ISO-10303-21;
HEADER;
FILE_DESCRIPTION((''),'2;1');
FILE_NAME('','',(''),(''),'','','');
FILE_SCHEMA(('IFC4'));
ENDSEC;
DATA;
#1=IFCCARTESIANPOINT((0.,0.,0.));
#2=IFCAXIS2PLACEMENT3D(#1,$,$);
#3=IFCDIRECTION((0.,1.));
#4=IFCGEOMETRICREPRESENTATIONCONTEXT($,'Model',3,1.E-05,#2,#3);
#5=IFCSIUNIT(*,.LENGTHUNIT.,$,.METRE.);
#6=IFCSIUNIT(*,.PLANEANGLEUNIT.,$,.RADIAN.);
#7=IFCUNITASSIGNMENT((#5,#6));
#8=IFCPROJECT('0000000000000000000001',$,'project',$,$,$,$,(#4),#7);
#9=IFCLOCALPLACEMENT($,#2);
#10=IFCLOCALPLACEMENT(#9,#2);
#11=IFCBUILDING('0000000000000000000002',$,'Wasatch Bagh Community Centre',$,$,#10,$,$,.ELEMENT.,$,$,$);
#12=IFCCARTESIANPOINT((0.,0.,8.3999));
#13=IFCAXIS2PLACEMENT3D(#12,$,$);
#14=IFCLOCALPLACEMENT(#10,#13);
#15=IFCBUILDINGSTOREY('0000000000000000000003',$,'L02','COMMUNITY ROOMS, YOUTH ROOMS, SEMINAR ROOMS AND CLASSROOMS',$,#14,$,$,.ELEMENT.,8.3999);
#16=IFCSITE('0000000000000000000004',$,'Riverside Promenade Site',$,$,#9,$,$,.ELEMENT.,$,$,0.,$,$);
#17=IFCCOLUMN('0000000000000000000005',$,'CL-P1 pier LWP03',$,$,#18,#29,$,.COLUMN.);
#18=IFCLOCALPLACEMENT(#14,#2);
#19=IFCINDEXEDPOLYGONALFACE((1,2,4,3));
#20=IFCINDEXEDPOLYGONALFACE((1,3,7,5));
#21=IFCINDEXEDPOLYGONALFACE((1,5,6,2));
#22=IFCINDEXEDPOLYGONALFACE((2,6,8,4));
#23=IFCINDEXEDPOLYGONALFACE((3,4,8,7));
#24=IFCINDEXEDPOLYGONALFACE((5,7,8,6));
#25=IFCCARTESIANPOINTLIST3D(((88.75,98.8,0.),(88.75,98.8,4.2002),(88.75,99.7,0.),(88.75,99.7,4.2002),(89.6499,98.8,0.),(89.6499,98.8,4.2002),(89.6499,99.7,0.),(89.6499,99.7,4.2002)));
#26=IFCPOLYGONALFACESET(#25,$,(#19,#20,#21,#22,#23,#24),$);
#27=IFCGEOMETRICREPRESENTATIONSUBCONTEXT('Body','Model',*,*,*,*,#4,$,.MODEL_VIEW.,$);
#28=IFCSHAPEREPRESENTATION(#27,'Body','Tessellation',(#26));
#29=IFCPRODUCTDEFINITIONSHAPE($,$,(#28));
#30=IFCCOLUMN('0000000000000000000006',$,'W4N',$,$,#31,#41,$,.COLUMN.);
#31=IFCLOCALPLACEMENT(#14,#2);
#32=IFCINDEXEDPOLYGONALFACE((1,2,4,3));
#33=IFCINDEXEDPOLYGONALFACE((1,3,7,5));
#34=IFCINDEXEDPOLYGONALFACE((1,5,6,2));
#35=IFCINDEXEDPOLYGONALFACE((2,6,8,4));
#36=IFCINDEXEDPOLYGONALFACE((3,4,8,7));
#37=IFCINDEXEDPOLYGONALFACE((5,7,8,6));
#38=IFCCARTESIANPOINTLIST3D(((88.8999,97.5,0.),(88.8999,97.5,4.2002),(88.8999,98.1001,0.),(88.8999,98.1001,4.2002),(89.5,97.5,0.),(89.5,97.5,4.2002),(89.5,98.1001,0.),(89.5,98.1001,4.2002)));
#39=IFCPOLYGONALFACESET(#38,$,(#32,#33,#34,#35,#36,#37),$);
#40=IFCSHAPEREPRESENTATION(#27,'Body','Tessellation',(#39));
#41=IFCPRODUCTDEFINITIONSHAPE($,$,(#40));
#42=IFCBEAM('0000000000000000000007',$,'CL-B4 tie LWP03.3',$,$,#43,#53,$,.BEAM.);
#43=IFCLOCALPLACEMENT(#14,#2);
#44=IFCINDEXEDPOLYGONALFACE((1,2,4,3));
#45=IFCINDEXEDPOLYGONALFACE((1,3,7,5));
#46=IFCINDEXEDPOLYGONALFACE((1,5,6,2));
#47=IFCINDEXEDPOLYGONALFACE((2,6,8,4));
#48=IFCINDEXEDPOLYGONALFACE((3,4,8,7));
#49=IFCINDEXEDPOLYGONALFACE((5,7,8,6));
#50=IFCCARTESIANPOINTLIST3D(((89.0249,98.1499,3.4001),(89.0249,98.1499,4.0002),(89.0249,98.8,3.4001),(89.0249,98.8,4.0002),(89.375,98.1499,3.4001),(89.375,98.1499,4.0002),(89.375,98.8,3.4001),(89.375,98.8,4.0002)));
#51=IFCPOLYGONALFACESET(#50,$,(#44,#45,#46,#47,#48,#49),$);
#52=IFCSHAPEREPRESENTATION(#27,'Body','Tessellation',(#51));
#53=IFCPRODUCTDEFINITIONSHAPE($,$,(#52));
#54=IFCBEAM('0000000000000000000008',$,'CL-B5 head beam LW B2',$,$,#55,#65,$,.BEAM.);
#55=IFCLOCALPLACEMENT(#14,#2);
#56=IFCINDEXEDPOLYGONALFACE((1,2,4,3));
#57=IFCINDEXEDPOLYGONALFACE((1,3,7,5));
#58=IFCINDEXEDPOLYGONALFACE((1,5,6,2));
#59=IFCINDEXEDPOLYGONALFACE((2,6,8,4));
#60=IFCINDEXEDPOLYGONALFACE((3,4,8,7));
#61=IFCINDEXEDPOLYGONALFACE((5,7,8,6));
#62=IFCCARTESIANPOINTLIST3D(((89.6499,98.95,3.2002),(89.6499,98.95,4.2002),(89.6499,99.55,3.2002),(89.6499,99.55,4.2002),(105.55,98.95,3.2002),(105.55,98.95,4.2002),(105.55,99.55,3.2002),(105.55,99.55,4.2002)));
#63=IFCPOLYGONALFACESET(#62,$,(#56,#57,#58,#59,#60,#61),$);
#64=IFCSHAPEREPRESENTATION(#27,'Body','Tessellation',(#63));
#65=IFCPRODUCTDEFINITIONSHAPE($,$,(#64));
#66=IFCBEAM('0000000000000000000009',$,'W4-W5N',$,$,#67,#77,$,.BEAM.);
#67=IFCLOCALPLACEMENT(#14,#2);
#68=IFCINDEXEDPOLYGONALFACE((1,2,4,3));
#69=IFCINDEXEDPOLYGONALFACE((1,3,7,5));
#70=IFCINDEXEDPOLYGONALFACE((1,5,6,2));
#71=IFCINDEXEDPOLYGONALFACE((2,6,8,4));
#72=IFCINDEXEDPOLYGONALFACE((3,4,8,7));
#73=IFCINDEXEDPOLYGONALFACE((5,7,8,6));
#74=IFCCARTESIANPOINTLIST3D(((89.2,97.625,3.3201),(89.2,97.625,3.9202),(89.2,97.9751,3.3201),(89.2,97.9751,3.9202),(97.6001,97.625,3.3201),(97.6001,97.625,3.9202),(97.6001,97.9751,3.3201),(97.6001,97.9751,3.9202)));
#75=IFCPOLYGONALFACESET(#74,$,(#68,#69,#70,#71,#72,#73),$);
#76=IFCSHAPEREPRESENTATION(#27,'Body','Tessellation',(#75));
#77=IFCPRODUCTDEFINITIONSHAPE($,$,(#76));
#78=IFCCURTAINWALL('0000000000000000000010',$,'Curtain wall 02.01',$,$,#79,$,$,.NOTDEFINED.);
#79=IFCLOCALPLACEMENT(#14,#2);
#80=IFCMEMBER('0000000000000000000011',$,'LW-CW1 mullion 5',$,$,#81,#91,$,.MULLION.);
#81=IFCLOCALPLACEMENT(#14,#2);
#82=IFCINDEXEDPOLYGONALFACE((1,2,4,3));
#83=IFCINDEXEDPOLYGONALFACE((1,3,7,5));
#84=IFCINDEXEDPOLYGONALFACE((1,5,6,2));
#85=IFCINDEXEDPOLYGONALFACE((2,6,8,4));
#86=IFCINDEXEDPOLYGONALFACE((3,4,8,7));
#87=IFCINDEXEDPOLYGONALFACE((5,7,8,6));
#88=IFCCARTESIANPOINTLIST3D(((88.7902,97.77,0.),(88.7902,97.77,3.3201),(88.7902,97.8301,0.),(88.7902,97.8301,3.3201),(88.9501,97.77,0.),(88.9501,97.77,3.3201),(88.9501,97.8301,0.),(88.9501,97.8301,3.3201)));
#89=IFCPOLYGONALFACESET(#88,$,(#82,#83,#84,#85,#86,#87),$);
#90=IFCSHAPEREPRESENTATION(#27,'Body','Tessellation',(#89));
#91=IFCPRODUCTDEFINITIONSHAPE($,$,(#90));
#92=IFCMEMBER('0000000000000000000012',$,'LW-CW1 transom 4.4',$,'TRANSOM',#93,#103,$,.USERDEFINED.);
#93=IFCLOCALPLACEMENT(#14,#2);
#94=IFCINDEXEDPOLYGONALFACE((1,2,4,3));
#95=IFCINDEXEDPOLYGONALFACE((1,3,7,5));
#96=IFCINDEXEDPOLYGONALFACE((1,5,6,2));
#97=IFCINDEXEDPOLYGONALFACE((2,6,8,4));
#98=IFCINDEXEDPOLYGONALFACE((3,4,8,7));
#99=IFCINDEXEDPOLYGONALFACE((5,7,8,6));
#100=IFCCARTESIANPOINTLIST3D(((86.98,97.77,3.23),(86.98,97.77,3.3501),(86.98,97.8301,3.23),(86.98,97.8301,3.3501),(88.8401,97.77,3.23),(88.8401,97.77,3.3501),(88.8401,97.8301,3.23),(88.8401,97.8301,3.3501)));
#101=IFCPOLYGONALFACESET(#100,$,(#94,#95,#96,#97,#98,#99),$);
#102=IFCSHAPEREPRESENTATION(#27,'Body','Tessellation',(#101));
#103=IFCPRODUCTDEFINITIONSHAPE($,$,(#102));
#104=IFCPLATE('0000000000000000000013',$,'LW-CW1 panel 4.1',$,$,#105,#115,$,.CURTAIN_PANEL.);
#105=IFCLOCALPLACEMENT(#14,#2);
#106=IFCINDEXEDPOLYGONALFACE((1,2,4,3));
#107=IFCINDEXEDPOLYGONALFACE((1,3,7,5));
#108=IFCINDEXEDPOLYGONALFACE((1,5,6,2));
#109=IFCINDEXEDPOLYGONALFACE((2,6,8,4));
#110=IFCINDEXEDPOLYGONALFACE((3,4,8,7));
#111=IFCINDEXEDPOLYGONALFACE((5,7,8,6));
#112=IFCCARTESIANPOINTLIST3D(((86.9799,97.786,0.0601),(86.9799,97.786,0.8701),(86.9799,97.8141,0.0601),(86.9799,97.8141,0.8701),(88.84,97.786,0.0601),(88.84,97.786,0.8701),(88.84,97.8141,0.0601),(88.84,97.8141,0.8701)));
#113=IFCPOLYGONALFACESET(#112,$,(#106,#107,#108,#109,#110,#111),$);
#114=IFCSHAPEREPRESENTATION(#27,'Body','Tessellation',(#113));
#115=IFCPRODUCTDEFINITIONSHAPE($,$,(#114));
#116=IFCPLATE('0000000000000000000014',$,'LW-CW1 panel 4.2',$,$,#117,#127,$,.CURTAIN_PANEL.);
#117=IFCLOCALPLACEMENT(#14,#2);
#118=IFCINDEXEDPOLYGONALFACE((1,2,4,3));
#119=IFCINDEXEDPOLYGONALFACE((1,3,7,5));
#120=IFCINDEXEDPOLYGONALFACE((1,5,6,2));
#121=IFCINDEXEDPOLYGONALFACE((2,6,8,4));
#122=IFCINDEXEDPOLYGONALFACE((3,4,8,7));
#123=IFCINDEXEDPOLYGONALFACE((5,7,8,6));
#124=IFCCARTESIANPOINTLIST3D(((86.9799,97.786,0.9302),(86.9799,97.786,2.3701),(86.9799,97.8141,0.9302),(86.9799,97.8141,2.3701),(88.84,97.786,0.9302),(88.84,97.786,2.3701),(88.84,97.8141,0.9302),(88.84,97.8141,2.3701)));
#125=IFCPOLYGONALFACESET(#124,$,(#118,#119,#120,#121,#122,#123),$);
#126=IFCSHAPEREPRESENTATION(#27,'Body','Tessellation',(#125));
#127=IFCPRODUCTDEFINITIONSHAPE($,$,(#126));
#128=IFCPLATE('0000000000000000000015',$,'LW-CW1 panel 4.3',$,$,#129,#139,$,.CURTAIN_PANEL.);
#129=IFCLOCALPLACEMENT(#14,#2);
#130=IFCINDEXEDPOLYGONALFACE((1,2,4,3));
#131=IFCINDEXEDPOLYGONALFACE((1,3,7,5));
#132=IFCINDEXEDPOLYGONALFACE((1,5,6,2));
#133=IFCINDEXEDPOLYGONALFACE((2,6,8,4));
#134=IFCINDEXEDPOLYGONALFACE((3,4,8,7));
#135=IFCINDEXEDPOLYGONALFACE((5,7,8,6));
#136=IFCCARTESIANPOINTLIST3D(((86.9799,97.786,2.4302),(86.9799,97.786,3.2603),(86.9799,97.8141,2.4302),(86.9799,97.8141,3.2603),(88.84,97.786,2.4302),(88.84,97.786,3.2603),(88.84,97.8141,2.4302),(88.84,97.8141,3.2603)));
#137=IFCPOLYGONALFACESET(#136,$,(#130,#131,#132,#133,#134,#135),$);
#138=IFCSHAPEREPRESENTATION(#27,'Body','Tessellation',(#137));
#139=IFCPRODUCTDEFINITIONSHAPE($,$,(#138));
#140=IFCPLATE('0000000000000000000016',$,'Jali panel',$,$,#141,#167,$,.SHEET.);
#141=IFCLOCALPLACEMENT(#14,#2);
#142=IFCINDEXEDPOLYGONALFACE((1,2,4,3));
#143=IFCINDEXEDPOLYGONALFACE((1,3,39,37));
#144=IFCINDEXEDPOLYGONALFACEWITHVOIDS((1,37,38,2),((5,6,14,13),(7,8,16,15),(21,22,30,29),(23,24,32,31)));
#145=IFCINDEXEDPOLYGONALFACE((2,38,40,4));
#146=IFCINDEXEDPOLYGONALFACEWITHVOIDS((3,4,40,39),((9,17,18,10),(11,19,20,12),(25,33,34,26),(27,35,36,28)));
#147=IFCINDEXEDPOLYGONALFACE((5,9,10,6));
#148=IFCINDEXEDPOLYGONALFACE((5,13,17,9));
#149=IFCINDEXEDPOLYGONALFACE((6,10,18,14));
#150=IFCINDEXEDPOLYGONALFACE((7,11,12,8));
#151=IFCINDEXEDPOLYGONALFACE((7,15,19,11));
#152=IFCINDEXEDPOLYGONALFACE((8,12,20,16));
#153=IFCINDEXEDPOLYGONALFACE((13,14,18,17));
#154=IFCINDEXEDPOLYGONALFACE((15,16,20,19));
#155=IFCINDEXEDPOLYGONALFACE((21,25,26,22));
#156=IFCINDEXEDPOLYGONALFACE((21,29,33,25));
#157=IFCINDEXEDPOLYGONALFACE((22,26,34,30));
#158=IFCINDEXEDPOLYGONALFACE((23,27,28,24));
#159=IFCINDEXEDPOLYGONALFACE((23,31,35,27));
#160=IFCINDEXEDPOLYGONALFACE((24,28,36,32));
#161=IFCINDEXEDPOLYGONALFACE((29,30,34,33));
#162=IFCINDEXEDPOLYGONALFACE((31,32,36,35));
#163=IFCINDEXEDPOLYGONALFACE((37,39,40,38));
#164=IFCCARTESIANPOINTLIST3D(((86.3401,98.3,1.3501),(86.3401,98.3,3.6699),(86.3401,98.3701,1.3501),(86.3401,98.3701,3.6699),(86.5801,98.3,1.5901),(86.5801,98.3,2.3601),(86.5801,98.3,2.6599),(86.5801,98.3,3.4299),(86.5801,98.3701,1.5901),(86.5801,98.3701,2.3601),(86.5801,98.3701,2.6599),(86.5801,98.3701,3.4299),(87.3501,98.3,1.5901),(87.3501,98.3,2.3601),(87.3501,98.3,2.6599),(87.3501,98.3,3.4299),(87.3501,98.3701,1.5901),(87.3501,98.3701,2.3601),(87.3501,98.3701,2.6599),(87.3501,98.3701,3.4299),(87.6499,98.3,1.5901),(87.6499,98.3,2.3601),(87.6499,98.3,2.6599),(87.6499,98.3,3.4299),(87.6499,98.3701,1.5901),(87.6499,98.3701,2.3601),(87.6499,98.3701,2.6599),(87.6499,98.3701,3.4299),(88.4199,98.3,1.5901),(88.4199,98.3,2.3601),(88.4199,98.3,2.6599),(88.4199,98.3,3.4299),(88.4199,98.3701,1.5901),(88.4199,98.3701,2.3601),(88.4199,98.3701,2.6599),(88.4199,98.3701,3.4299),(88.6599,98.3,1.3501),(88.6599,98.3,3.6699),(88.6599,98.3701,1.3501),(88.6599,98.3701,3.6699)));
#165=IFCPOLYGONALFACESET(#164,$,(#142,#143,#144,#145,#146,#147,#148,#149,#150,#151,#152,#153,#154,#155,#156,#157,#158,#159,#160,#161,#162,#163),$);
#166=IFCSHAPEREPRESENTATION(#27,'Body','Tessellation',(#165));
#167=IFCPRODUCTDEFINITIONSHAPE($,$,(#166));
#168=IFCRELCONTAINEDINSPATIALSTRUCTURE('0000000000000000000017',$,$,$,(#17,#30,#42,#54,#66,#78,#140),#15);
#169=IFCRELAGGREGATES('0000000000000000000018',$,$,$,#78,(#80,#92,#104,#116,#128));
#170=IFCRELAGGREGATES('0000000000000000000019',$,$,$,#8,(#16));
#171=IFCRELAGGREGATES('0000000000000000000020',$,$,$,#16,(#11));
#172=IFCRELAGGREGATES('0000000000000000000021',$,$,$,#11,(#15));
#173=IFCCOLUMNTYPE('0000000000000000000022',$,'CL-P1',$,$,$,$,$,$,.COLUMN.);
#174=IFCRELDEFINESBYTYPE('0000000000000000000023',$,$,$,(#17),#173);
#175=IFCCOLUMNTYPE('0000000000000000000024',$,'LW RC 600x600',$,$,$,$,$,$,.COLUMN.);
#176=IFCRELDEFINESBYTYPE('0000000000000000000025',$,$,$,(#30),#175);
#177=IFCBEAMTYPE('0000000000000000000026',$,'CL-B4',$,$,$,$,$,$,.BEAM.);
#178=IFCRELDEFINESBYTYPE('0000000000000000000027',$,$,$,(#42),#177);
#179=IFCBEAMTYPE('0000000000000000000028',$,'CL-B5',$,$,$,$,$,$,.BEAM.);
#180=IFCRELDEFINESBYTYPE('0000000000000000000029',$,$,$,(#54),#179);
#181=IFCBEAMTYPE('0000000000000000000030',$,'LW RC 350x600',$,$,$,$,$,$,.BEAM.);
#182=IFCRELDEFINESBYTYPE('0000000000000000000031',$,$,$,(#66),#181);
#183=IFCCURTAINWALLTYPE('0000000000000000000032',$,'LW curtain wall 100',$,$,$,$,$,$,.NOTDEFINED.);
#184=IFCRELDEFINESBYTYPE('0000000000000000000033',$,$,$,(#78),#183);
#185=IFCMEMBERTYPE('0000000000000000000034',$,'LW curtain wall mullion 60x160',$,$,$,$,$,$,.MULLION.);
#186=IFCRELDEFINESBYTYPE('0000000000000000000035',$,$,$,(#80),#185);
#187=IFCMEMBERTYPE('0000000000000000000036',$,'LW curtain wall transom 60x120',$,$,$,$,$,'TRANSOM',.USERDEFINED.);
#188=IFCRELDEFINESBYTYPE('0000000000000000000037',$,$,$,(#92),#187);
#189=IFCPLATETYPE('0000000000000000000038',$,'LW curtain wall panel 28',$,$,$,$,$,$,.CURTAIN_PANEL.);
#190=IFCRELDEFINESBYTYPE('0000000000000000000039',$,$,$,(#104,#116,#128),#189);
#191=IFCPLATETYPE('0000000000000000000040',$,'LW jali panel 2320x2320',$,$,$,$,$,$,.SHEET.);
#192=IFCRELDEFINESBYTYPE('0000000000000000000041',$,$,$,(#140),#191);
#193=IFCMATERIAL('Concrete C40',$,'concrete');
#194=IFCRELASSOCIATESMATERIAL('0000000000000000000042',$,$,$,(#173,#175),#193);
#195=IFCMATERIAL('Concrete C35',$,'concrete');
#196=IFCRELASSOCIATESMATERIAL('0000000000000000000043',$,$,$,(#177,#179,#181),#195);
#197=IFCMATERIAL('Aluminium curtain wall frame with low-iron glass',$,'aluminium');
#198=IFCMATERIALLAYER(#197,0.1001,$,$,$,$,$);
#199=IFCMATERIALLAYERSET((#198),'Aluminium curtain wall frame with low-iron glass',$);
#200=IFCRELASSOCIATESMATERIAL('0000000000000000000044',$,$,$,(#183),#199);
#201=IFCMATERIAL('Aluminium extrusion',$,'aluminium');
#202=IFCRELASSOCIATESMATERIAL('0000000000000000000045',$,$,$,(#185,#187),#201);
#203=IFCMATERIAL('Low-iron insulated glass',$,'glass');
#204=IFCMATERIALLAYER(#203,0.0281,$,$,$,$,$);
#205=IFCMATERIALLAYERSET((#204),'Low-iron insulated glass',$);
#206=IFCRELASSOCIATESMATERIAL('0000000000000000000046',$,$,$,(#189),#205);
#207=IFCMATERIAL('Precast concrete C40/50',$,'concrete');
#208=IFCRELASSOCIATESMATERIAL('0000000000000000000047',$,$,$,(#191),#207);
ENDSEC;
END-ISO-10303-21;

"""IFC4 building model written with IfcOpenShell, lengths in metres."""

from ifc_helpers import new_model, si_unit, direction, frame, origin, origin_2d, place, context, subcontext, project, spatial, polyline, rectangle, outline, extrude, material, layer, layer_set, material_profile, profile_set, type_object, element, aggregate, save


model = new_model("IFC4")

# Units and contexts
model_context = context("Model", 3, precision=1e-05, world=origin(), true_north=direction((0.0, 1.0)))
body_context = subcontext(model_context, "Body", "Model", "MODEL_VIEW")
ifc_project = project(units=[si_unit("LENGTHUNIT", "METRE"), si_unit("PLANEANGLEUNIT", "RADIAN")], contexts=[model_context])

# Site, building, storey
site_placement = place(None, origin())
site = spatial("IfcSite", under=ifc_project, at=site_placement, Name="Riverside Promenade Site", CompositionType="ELEMENT", RefElevation=0.0)
building_placement = place(site_placement, origin())
building = spatial("IfcBuilding", under=site, at=building_placement, Name="Wasatch Bagh Community Centre", CompositionType="ELEMENT")
storey_placement = place(building_placement, frame((0.0, 0.0, 8.3999)))
storey = spatial("IfcBuildingStorey", under=building, at=storey_placement, Name="L02", Description="COMMUNITY ROOMS, YOUTH ROOMS, SEMINAR ROOMS AND CLASSROOMS", CompositionType="ELEMENT", Elevation=8.3999)

# Columns
ifc_material_1 = material(Name="Concrete C40", Category="concrete")
ifc_material_profile_1 = material_profile(ifc_material_1, rectangle(XDim=0.8999, YDim=0.8999, at=origin_2d()), Name="RC 900x900")
ifc_profile_set_1 = profile_set([ifc_material_profile_1], Name="Concrete C40")
column_type_1 = type_object("IfcColumnType", Name="CL-P1", PredefinedType="COLUMN", material=ifc_profile_set_1)
column_1_placement = place(storey_placement, frame((89.2, 99.25, 0.0), z_axis=(0.0, 0.0, 1.0), x_axis=(1.0, 0.0, 0.0)))
element("IfcColumn", 1, at=column_1_placement, inside=storey, type_object=column_type_1, Name="CL-P1 pier LWP03", PredefinedType="COLUMN", context=body_context, shape_type="SweptSolid", body=[
    extrude(rectangle(XDim=0.8999, YDim=0.8999, at=origin_2d()), origin(), (0.0, 0.0, 1.0), 4.2002),
])
ifc_material_profile_2 = material_profile(ifc_material_1, rectangle(XDim=0.6001, YDim=0.6001, at=origin_2d()), Name="RC 600x600")
ifc_profile_set_2 = profile_set([ifc_material_profile_2], Name="Concrete C40")
column_type_2 = type_object("IfcColumnType", Name="LW RC 600x600", PredefinedType="COLUMN", material=ifc_profile_set_2)
column_2_placement = place(storey_placement, frame((89.2, 97.8, 0.0), z_axis=(0.0, 0.0, 1.0), x_axis=(1.0, 0.0, 0.0)))
element("IfcColumn", 2, at=column_2_placement, inside=storey, type_object=column_type_2, Name="W4N", PredefinedType="COLUMN", context=body_context, shape_type="SweptSolid", body=[
    extrude(rectangle(XDim=0.6001, YDim=0.6001, at=origin_2d()), origin(), (0.0, 0.0, 1.0), 4.2002),
])

# Beams
ifc_material_2 = material(Name="Concrete C35", Category="concrete")
ifc_material_profile_3 = material_profile(ifc_material_2, rectangle(XDim=0.3501, YDim=0.6001, at=origin_2d()), Name="RC 350x600")
ifc_profile_set_3 = profile_set([ifc_material_profile_3], Name="Concrete C35")
beam_type_1 = type_object("IfcBeamType", Name="CL-B4", PredefinedType="BEAM", material=ifc_profile_set_3)
beam_1_placement = place(storey_placement, frame((89.2, 98.1499, 3.7002), z_axis=(0.0, 1.0, 0.0), x_axis=(-1.0, 0.0, 0.0)))
element("IfcBeam", 3, at=beam_1_placement, inside=storey, type_object=beam_type_1, Name="CL-B4 tie LWP03.3", PredefinedType="BEAM", context=body_context, shape_type="SweptSolid", body=[
    extrude(rectangle(XDim=0.3501, YDim=0.6001, at=origin_2d()), origin(), (0.0, 0.0, 1.0), 0.6501),
])
ifc_material_profile_4 = material_profile(ifc_material_2, rectangle(XDim=0.6001, YDim=1.0, at=origin_2d()), Name="RC 600x1000")
ifc_profile_set_4 = profile_set([ifc_material_profile_4], Name="Concrete C35")
beam_type_2 = type_object("IfcBeamType", Name="CL-B5", PredefinedType="BEAM", material=ifc_profile_set_4)
beam_2_placement = place(storey_placement, frame((89.6499, 99.25, 3.7002), z_axis=(1.0, 0.0, 0.0), x_axis=(0.0, 1.0, 0.0)))
element("IfcBeam", 4, at=beam_2_placement, inside=storey, type_object=beam_type_2, Name="CL-B5 head beam LW B2", PredefinedType="BEAM", context=body_context, shape_type="SweptSolid", body=[
    extrude(rectangle(XDim=0.6001, YDim=1.0, at=origin_2d()), origin(), (0.0, 0.0, 1.0), 15.9001),
])
ifc_material_profile_5 = material_profile(ifc_material_2, rectangle(XDim=0.3501, YDim=0.6001, at=origin_2d()), Name="RC 350x600")
ifc_profile_set_5 = profile_set([ifc_material_profile_5], Name="Concrete C35")
beam_type_3 = type_object("IfcBeamType", Name="LW RC 350x600", PredefinedType="BEAM", material=ifc_profile_set_5)
beam_3_placement = place(storey_placement, frame((89.2, 97.8, 3.6201), z_axis=(1.0, 0.0, 0.0), x_axis=(0.0, 1.0, 0.0)))
element("IfcBeam", 5, at=beam_3_placement, inside=storey, type_object=beam_type_3, Name="W4-W5N", PredefinedType="BEAM", context=body_context, shape_type="SweptSolid", body=[
    extrude(rectangle(XDim=0.3501, YDim=0.6001, at=origin_2d()), origin(), (0.0, 0.0, 1.0), 8.4001),
])

# Curtain wall, members, plates
ifc_material_3 = material(Name="Aluminium curtain wall frame with low-iron glass", Category="aluminium")
ifc_layer_1 = layer(ifc_material_3, 0.1001)
ifc_layer_set_1 = layer_set([ifc_layer_1], Name="Aluminium curtain wall frame with low-iron glass")
curtain_wall_type = type_object("IfcCurtainWallType", Name="LW curtain wall 100", PredefinedType="NOTDEFINED", material=ifc_layer_set_1)
curtain_wall_placement = place(storey_placement, origin())
curtain_wall = element("IfcCurtainWall", 6, at=curtain_wall_placement, inside=storey, type_object=curtain_wall_type, Name="Curtain wall 02.01", PredefinedType="NOTDEFINED")
ifc_material_4 = material(Name="Aluminium extrusion", Category="aluminium")
ifc_material_profile_6 = material_profile(ifc_material_4, rectangle(XDim=0.0601, YDim=0.1599, at=origin_2d()), Name="AL 60x160")
ifc_profile_set_6 = profile_set([ifc_material_profile_6], Name="Aluminium extrusion")
member_type_1 = type_object("IfcMemberType", Name="LW curtain wall mullion 60x160", PredefinedType="MULLION", material=ifc_profile_set_6)
member_1_placement = place(storey_placement, frame((88.8701, 97.8, 0.0), z_axis=(0.0, 0.0, 1.0), x_axis=(0.0, 1.0, 0.0)))
member_1 = element("IfcMember", 7, at=member_1_placement, type_object=member_type_1, Name="LW-CW1 mullion 5", PredefinedType="MULLION", context=body_context, shape_type="SweptSolid", body=[
    extrude(rectangle(XDim=0.0601, YDim=0.1599, at=origin_2d()), origin(), (0.0, 0.0, 1.0), 3.3201),
])
ifc_material_profile_7 = material_profile(ifc_material_4, rectangle(XDim=0.0601, YDim=0.1201, at=origin_2d()), Name="AL 60x120")
ifc_profile_set_7 = profile_set([ifc_material_profile_7], Name="Aluminium extrusion")
member_type_2 = type_object("IfcMemberType", Name="LW curtain wall transom 60x120", ElementType="TRANSOM", PredefinedType="USERDEFINED", material=ifc_profile_set_7)
member_2_placement = place(storey_placement, frame((86.98, 97.8, 3.29), z_axis=(1.0, 0.0, 0.0), x_axis=(0.0, 1.0, 0.0)))
member_2 = element("IfcMember", 8, at=member_2_placement, type_object=member_type_2, Name="LW-CW1 transom 4.4", ObjectType="TRANSOM", PredefinedType="USERDEFINED", context=body_context, shape_type="SweptSolid", body=[
    extrude(rectangle(XDim=0.0601, YDim=0.1201, at=origin_2d()), origin(), (0.0, 0.0, 1.0), 1.8601),
])
ifc_material_5 = material(Name="Low-iron insulated glass", Category="glass")
ifc_layer_2 = layer(ifc_material_5, 0.0281)
ifc_layer_set_2 = layer_set([ifc_layer_2], Name="Low-iron insulated glass")
plate_type_1 = type_object("IfcPlateType", Name="LW curtain wall panel 28", PredefinedType="CURTAIN_PANEL", material=ifc_layer_set_2)
plate_1_placement = place(storey_placement, frame((87.9099, 97.8, 0.0601), z_axis=(0.0, 0.0, 1.0), x_axis=(1.0, 0.0, 0.0)))
plate_1 = element("IfcPlate", 9, at=plate_1_placement, type_object=plate_type_1, Name="LW-CW1 panel 4.1", PredefinedType="CURTAIN_PANEL", context=body_context, shape_type="SweptSolid", body=[
    extrude(rectangle(XDim=1.8601, YDim=0.0281, at=origin_2d()), origin(), (0.0, 0.0, 1.0), 0.8101),
])
plate_2_placement = place(storey_placement, frame((87.9099, 97.8, 0.9302), z_axis=(0.0, 0.0, 1.0), x_axis=(1.0, 0.0, 0.0)))
plate_2 = element("IfcPlate", 10, at=plate_2_placement, type_object=plate_type_1, Name="LW-CW1 panel 4.2", PredefinedType="CURTAIN_PANEL", context=body_context, shape_type="SweptSolid", body=[
    extrude(rectangle(XDim=1.8601, YDim=0.0281, at=origin_2d()), origin(), (0.0, 0.0, 1.0), 1.4399),
])
plate_3_placement = place(storey_placement, frame((87.9099, 97.8, 2.4302), z_axis=(0.0, 0.0, 1.0), x_axis=(1.0, 0.0, 0.0)))
plate_3 = element("IfcPlate", 11, at=plate_3_placement, type_object=plate_type_1, Name="LW-CW1 panel 4.3", PredefinedType="CURTAIN_PANEL", context=body_context, shape_type="SweptSolid", body=[
    extrude(rectangle(XDim=1.8601, YDim=0.0281, at=origin_2d()), origin(), (0.0, 0.0, 1.0), 0.8301),
])
aggregate(curtain_wall, [member_1, member_2, plate_1, plate_2, plate_3])

# Plate
ifc_material_6 = material(Name="Precast concrete C40/50", Category="concrete")
ifc_material_profile_8 = material_profile(ifc_material_6, outline(polyline([(-1.1599, -1.1599), (1.1599, -1.1599), (1.1599, 1.1599), (-1.1599, 1.1599), (-1.1599, -1.1599)]), holes=[polyline([(-0.9199, -0.9199), (-0.1499, -0.9199), (-0.1499, -0.1499), (-0.9199, -0.1499), (-0.9199, -0.9199)]), polyline([(-0.9199, 0.1499), (-0.1499, 0.1499), (-0.1499, 0.9199), (-0.9199, 0.9199), (-0.9199, 0.1499)]), polyline([(0.1499, -0.9199), (0.9199, -0.9199), (0.9199, -0.1499), (0.1499, -0.1499), (0.1499, -0.9199)]), polyline([(0.1499, 0.1499), (0.9199, 0.1499), (0.9199, 0.9199), (0.1499, 0.9199), (0.1499, 0.1499)])]), Name="Jali lattice")
ifc_profile_set_8 = profile_set([ifc_material_profile_8], Name="Precast concrete C40/50")
plate_type_2 = type_object("IfcPlateType", Name="LW jali panel 2320x2320", PredefinedType="SHEET", material=ifc_profile_set_8)
plate_4_placement = place(storey_placement, frame((87.5, 98.3, 2.51), z_axis=(0.0, 1.0, 0.0), x_axis=(-1.0, 0.0, 0.0)))
element("IfcPlate", 12, at=plate_4_placement, inside=storey, type_object=plate_type_2, Name="Jali panel", PredefinedType="SHEET", context=body_context, shape_type="SweptSolid", body=[
    extrude(outline(polyline([(-1.1599, -1.1599), (1.1599, -1.1599), (1.1599, 1.1599), (-1.1599, 1.1599), (-1.1599, -1.1599)]), holes=[polyline([(-0.9199, -0.9199), (-0.1499, -0.9199), (-0.1499, -0.1499), (-0.9199, -0.1499), (-0.9199, -0.9199)]), polyline([(-0.9199, 0.1499), (-0.1499, 0.1499), (-0.1499, 0.9199), (-0.9199, 0.9199), (-0.9199, 0.1499)]), polyline([(0.1499, -0.9199), (0.9199, -0.9199), (0.9199, -0.1499), (0.1499, -0.1499), (0.1499, -0.9199)]), polyline([(0.1499, 0.1499), (0.9199, 0.1499), (0.9199, 0.9199), (0.1499, 0.9199), (0.1499, 0.1499)])]), origin(), (0.0, 0.0, 1.0), 0.0701),
])

save(model, "model.ifc")
